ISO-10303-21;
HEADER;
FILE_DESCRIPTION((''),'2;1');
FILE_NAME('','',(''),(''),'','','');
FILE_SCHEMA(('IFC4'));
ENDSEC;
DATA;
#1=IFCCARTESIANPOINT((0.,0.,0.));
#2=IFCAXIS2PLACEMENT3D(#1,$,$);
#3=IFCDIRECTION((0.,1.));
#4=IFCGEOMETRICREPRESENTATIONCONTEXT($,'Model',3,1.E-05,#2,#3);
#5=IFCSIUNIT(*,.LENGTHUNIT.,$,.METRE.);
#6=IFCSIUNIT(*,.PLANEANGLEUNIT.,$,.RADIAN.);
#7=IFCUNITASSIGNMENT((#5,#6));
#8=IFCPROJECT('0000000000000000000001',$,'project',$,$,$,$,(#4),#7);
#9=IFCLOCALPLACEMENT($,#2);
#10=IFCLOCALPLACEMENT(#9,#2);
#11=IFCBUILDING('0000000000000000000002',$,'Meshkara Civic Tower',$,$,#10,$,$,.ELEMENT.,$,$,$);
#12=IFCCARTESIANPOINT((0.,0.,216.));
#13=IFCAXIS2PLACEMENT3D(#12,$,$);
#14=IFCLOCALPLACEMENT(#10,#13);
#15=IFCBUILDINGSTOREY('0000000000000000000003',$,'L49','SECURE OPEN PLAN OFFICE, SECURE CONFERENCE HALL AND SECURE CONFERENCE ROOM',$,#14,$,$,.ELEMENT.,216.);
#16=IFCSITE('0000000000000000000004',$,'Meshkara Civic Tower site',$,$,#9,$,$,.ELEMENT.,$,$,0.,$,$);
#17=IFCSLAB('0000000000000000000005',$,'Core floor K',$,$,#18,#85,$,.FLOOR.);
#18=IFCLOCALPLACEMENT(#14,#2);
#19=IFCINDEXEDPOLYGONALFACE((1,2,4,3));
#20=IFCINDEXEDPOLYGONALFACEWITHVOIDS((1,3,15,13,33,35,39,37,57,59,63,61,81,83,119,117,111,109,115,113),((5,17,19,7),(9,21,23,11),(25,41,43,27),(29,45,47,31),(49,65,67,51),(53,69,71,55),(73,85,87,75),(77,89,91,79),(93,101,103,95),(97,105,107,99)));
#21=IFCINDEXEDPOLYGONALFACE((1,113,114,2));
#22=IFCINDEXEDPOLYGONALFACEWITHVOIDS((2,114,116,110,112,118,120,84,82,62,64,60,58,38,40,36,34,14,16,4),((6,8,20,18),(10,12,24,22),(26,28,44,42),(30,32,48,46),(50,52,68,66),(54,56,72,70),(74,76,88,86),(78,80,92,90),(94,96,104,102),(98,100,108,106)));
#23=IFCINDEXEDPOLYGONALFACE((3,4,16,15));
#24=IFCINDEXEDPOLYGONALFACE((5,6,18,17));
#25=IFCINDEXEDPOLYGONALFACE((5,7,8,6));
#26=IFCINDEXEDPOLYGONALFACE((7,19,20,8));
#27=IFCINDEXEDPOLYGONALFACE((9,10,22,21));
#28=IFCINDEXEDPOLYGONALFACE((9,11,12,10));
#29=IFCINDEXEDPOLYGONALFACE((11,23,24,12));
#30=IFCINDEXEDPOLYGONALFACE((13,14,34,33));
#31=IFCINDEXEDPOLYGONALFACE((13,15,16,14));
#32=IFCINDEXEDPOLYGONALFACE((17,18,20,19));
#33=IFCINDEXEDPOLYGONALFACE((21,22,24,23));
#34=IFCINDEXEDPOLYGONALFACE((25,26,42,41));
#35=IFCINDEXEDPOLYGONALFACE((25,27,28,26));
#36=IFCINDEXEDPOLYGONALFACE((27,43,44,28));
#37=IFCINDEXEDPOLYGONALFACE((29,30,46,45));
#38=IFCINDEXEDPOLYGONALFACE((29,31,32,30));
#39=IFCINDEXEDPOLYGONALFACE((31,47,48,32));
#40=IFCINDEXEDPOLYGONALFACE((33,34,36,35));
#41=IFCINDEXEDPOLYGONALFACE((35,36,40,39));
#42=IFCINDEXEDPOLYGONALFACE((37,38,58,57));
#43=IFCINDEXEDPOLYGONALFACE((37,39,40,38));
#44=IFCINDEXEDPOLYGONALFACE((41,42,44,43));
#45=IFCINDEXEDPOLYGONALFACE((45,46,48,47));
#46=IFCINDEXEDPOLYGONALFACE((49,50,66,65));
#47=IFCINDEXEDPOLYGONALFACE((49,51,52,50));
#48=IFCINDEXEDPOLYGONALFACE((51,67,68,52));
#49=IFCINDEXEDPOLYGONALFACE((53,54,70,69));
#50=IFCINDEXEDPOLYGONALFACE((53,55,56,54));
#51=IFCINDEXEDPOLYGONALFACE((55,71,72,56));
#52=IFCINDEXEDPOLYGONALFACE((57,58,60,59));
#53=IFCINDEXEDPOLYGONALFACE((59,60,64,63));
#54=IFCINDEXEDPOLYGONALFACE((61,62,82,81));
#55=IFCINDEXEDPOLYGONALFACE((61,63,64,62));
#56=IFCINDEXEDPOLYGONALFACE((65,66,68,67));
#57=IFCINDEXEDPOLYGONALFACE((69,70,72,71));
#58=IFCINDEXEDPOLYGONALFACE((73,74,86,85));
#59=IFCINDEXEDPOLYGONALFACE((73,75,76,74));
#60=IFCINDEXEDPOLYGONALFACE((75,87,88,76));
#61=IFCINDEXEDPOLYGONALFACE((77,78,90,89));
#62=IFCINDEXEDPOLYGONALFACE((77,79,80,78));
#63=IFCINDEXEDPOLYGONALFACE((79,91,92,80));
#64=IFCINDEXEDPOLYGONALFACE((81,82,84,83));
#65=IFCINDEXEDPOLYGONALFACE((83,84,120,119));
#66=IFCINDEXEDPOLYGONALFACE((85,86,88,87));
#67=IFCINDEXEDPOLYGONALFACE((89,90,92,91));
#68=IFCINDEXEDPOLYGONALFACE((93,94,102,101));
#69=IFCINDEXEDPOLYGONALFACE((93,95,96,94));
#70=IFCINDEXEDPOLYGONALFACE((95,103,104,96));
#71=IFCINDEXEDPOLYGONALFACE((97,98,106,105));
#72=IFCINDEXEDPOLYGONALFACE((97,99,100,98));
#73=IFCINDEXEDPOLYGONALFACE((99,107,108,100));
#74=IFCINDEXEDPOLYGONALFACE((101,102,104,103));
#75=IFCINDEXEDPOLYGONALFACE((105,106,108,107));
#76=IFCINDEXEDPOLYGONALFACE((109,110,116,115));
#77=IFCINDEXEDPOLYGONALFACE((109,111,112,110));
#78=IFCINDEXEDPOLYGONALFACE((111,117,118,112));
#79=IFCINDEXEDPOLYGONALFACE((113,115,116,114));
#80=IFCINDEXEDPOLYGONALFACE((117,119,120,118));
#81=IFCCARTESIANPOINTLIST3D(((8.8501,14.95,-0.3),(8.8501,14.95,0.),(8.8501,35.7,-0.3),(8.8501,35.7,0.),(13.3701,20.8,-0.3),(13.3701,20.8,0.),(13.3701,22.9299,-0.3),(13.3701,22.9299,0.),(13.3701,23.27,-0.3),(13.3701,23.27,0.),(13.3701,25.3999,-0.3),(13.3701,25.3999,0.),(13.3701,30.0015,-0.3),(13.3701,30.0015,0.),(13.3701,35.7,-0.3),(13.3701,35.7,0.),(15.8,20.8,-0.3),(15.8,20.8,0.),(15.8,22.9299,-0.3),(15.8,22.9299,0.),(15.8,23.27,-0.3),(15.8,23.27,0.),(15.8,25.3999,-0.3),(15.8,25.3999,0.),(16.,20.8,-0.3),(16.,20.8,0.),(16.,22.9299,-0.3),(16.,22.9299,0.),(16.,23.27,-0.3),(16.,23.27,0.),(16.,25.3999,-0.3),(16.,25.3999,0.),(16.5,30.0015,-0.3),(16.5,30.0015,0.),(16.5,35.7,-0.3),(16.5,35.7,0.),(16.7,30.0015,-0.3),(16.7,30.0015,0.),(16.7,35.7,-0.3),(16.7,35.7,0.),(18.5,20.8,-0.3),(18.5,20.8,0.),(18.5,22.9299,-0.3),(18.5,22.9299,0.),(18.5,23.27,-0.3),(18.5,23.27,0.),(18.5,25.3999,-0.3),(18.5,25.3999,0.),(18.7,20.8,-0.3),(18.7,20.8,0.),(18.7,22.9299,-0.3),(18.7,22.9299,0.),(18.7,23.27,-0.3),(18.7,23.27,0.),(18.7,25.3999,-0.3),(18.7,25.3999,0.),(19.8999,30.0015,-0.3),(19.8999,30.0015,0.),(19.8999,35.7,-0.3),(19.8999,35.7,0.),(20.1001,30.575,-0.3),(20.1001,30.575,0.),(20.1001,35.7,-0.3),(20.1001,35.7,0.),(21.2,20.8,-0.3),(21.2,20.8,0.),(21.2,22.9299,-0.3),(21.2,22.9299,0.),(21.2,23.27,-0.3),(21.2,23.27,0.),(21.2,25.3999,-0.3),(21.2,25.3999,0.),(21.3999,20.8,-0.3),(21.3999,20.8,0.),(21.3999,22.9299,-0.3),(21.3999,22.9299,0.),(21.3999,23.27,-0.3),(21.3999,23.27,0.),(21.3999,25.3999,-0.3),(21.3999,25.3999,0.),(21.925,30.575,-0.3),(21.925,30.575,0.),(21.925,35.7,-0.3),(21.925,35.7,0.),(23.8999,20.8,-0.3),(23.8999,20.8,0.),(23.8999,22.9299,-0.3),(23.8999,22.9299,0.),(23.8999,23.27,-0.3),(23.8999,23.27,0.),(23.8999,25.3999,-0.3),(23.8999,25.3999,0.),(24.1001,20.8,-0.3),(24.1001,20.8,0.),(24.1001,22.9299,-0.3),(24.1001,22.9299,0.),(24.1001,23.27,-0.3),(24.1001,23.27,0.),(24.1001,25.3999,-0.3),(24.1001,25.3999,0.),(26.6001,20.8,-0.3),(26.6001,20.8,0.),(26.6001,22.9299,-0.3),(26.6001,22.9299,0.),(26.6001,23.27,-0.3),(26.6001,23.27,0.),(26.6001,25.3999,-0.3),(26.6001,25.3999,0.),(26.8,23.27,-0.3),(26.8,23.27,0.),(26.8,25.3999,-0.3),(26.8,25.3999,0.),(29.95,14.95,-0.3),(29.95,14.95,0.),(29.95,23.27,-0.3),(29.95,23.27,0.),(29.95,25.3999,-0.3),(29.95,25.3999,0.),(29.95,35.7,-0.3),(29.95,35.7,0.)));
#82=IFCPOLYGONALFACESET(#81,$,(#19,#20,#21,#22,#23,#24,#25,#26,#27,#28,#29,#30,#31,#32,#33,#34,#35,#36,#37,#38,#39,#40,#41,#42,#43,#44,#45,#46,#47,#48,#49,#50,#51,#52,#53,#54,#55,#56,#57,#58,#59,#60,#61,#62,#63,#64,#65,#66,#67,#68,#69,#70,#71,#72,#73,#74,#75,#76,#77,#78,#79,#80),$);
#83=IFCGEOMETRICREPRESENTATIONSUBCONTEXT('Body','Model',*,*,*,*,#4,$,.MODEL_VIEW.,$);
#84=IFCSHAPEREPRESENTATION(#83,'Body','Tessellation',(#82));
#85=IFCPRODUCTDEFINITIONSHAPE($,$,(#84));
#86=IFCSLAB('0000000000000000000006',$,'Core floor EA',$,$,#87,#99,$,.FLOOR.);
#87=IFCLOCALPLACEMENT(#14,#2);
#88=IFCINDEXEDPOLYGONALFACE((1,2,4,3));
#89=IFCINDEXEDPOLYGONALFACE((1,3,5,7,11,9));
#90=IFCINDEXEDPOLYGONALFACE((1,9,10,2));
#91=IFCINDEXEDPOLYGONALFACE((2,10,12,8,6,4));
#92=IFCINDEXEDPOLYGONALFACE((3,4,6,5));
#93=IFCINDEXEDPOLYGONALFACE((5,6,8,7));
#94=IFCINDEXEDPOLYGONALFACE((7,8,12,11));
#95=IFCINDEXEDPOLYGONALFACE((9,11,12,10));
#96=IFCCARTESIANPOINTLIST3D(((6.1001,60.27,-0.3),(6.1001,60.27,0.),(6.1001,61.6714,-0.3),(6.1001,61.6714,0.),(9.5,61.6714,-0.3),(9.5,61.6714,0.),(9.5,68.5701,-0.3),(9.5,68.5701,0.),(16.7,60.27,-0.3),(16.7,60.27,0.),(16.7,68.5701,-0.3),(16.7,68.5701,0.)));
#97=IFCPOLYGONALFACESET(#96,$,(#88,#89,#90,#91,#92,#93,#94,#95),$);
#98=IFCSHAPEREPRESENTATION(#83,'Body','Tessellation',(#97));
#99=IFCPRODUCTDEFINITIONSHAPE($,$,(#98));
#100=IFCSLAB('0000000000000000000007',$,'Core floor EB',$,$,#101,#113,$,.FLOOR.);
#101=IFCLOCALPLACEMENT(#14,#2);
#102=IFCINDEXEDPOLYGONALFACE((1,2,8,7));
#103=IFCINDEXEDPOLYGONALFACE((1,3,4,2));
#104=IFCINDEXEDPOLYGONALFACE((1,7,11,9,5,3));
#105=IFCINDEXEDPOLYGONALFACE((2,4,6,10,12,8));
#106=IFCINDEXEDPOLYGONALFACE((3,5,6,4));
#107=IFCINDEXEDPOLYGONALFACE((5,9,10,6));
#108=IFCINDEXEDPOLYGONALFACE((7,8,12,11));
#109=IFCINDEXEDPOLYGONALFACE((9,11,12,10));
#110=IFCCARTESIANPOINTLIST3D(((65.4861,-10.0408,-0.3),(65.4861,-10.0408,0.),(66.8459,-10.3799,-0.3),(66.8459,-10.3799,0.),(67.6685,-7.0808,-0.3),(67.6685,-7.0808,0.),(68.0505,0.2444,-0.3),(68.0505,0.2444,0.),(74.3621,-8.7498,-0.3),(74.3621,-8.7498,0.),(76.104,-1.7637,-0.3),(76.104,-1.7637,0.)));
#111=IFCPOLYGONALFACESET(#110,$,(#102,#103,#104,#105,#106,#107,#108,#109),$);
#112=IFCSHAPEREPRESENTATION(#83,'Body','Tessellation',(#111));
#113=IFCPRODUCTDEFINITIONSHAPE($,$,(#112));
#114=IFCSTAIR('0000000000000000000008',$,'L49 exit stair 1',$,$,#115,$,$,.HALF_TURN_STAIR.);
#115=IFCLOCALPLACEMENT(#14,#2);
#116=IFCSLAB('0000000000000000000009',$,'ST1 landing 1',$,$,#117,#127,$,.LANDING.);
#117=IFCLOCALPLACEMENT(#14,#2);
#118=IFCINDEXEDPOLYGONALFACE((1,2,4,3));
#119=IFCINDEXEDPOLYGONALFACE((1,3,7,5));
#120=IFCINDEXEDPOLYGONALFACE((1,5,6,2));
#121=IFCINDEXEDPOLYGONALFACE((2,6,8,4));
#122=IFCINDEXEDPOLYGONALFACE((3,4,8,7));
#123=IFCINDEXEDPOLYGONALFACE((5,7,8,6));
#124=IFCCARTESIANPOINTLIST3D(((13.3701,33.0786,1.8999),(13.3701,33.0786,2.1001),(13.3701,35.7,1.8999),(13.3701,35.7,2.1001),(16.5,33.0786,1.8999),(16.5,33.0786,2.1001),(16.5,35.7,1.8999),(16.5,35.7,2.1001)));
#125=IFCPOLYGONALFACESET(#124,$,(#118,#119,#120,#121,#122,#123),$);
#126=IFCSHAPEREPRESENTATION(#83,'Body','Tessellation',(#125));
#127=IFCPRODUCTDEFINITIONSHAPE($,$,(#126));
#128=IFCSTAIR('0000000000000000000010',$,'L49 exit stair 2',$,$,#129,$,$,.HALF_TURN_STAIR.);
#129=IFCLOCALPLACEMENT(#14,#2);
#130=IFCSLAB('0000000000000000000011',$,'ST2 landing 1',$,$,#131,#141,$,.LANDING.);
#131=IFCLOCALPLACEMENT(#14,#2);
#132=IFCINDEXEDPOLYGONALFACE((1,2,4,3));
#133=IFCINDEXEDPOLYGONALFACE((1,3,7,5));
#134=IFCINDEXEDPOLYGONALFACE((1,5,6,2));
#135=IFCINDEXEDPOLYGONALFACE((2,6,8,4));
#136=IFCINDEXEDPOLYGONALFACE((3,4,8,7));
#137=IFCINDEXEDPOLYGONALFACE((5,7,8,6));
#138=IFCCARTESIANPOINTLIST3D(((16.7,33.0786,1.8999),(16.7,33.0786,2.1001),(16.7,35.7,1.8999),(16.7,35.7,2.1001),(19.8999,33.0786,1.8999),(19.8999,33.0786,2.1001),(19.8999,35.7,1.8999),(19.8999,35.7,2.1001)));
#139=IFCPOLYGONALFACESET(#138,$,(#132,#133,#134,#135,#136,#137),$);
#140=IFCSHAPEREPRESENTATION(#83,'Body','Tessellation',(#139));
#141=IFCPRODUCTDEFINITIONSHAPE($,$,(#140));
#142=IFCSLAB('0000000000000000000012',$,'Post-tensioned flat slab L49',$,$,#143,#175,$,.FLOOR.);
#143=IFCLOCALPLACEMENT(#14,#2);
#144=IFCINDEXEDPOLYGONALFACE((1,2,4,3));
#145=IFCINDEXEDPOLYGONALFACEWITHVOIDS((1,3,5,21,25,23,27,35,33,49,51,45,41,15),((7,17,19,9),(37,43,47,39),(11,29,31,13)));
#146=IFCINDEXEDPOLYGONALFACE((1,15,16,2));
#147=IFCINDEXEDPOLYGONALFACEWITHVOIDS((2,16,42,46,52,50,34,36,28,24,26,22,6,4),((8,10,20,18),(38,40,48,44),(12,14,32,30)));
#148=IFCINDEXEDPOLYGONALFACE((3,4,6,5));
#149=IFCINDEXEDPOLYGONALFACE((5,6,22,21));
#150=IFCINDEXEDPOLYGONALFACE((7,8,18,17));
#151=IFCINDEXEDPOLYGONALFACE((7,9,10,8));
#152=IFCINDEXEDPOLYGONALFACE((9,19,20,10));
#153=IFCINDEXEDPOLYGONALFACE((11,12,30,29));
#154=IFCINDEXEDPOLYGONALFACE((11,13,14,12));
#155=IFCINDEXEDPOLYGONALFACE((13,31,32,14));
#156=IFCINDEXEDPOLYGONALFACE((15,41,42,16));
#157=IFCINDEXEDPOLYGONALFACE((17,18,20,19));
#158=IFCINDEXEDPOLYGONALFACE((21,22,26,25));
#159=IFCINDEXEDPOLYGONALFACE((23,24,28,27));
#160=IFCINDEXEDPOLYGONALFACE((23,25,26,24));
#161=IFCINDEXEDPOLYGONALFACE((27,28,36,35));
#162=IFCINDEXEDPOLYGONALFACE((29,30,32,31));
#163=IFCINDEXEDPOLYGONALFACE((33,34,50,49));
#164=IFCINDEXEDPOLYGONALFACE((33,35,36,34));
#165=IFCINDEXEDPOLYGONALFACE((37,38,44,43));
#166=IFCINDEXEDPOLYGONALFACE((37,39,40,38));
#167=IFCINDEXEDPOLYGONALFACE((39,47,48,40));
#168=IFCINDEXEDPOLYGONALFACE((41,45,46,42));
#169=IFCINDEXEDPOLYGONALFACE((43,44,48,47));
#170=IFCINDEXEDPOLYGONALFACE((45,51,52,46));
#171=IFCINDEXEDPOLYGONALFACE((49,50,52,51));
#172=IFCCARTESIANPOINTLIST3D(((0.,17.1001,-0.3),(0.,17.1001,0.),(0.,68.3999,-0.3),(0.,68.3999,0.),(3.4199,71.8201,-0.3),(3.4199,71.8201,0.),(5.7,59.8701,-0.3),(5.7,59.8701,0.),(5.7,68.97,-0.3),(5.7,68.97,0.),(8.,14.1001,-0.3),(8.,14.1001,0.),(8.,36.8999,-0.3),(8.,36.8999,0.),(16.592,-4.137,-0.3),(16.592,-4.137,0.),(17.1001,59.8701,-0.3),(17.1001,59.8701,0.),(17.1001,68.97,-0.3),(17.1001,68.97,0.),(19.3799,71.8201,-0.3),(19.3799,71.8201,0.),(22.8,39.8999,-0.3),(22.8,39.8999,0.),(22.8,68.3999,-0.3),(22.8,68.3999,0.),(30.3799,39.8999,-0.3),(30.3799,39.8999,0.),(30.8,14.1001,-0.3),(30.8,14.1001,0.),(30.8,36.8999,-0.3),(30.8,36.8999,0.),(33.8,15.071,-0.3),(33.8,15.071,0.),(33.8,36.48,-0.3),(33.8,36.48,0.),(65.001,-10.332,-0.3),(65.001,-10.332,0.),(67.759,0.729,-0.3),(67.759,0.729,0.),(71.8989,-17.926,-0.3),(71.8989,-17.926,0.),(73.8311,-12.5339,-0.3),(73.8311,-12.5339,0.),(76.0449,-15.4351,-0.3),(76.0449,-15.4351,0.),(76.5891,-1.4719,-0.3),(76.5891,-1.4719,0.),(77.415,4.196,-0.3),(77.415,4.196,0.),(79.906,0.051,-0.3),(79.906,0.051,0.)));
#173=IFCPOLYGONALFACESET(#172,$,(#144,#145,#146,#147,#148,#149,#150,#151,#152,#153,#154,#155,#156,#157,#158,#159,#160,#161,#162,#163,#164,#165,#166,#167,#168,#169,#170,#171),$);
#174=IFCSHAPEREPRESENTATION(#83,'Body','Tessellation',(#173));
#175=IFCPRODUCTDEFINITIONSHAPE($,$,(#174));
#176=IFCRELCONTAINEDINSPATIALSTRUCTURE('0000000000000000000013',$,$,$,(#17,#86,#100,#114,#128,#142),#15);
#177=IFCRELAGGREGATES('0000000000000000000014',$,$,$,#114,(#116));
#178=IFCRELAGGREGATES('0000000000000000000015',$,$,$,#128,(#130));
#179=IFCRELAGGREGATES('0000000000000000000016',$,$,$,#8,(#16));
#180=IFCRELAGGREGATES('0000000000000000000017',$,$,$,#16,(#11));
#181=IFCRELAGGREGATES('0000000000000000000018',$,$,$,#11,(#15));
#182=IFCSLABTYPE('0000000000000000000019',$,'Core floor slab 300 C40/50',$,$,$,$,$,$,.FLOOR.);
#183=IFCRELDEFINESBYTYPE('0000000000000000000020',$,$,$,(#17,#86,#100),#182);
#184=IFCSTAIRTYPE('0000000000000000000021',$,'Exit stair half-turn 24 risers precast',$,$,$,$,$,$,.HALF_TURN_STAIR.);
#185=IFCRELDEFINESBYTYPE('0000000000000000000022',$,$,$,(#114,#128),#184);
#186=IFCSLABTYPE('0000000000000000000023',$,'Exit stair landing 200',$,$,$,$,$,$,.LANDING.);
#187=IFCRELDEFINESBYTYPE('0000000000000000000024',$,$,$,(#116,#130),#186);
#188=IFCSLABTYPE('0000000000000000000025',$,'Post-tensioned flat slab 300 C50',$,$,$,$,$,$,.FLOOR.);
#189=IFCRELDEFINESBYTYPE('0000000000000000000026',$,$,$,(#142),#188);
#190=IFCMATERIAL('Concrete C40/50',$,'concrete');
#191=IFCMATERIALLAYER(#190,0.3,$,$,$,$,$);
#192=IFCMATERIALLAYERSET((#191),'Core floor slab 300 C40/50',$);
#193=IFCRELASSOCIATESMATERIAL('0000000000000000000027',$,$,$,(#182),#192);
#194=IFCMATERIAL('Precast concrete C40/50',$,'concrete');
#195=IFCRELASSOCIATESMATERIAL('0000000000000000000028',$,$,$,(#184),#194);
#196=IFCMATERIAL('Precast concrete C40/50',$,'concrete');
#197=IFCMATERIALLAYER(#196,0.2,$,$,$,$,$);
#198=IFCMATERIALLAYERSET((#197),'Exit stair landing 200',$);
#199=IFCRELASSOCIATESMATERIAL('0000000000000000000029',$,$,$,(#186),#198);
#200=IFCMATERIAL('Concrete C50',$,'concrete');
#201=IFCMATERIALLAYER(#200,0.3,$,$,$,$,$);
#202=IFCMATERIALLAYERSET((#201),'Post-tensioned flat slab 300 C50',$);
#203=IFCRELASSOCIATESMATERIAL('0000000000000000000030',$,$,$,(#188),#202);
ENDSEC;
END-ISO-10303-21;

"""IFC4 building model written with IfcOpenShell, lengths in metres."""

from ifc_helpers import new_model, si_unit, direction, frame, origin, place, context, subcontext, project, spatial, polyline, outline, extrude, material, layer, layer_set, type_object, element, aggregate, save


model = new_model("IFC4")

# Units and contexts
model_context = context("Model", 3, precision=1e-05, world=origin(), true_north=direction((0.0, 1.0)))
body_context = subcontext(model_context, "Body", "Model", "MODEL_VIEW")
ifc_project = project(units=[si_unit("LENGTHUNIT", "METRE"), si_unit("PLANEANGLEUNIT", "RADIAN")], contexts=[model_context])

# Site, building, storey
site_placement = place(None, origin())
site = spatial("IfcSite", under=ifc_project, at=site_placement, Name="Meshkara Civic Tower site", CompositionType="ELEMENT", RefElevation=0.0)
building_placement = place(site_placement, origin())
building = spatial("IfcBuilding", under=site, at=building_placement, Name="Meshkara Civic Tower", CompositionType="ELEMENT")
storey_placement = place(building_placement, frame((0.0, 0.0, 216.0)))
storey = spatial("IfcBuildingStorey", under=building, at=storey_placement, Name="L49", Description="SECURE OPEN PLAN OFFICE, SECURE CONFERENCE HALL AND SECURE CONFERENCE ROOM", CompositionType="ELEMENT", Elevation=216.0)

# Slabs
ifc_material_1 = material(Name="Concrete C40/50", Category="concrete")
ifc_layer_1 = layer(ifc_material_1, 0.3)
ifc_layer_set_1 = layer_set([ifc_layer_1], Name="Core floor slab 300 C40/50")
slab_type_1 = type_object("IfcSlabType", Name="Core floor slab 300 C40/50", PredefinedType="FLOOR", material=ifc_layer_set_1)
slab_1_placement = place(storey_placement, frame((0.0, 0.0, -0.3)))
element("IfcSlab", 1, at=slab_1_placement, inside=storey, type_object=slab_type_1, Name="Core floor K", PredefinedType="FLOOR", context=body_context, shape_type="SweptSolid", body=[
    extrude(outline(polyline([(8.8501, 35.7), (13.3701, 35.7), (13.3701, 30.0015), (16.5, 30.0015), (16.5, 35.7), (16.7, 35.7), (16.7, 30.0015), (19.8999, 30.0015), (19.8999, 35.7), (20.1001, 35.7), (20.1001, 30.575), (21.925, 30.575), (21.925, 35.7), (29.95, 35.7), (29.95, 25.3999), (26.8, 25.3999), (26.8, 23.27), (29.95, 23.27), (29.95, 14.95), (8.8501, 14.95), (8.8501, 35.7)]), holes=[polyline([(15.8, 22.9299), (13.3701, 22.9299), (13.3701, 20.8), (15.8, 20.8), (15.8, 22.9299)]), polyline([(16.0, 22.9299), (16.0, 20.8), (18.5, 20.8), (18.5, 22.9299), (16.0, 22.9299)]), polyline([(18.7, 22.9299), (18.7, 20.8), (21.2, 20.8), (21.2, 22.9299), (18.7, 22.9299)]), polyline([(15.8, 23.27), (15.8, 25.3999), (13.3701, 25.3999), (13.3701, 23.27), (15.8, 23.27)]), polyline([(16.0, 25.3999), (16.0, 23.27), (18.5, 23.27), (18.5, 25.3999), (16.0, 25.3999)]), polyline([(23.8999, 20.8), (23.8999, 22.9299), (21.3999, 22.9299), (21.3999, 20.8), (23.8999, 20.8)]), polyline([(24.1001, 20.8), (26.6001, 20.8), (26.6001, 22.9299), (24.1001, 22.9299), (24.1001, 20.8)]), polyline([(18.7, 25.3999), (18.7, 23.27), (21.2, 23.27), (21.2, 25.3999), (18.7, 25.3999)]), polyline([(21.3999, 23.27), (23.8999, 23.27), (23.8999, 25.3999), (21.3999, 25.3999), (21.3999, 23.27)]), polyline([(24.1001, 23.27), (26.6001, 23.27), (26.6001, 25.3999), (24.1001, 25.3999), (24.1001, 23.27)])]), origin(), (0.0, 0.0, 1.0), 0.3),
])
slab_2_placement = place(storey_placement, frame((0.0, 0.0, -0.3)))
element("IfcSlab", 2, at=slab_2_placement, inside=storey, type_object=slab_type_1, Name="Core floor EA", PredefinedType="FLOOR", context=body_context, shape_type="SweptSolid", body=[
    extrude(outline(polyline([(16.7, 60.27), (16.7, 68.5701), (9.5, 68.5701), (9.5, 61.6714), (6.1001, 61.6714), (6.1001, 60.27), (16.7, 60.27)])), origin(), (0.0, 0.0, 1.0), 0.3),
])
slab_3_placement = place(storey_placement, frame((0.0, 0.0, -0.3)))
element("IfcSlab", 3, at=slab_3_placement, inside=storey, type_object=slab_type_1, Name="Core floor EB", PredefinedType="FLOOR", context=body_context, shape_type="SweptSolid", body=[
    extrude(outline(polyline([(68.0505, 0.2444), (76.104, -1.7637), (74.3621, -8.7498), (67.6685, -7.0808), (66.8459, -10.3799), (65.4861, -10.0408), (68.0505, 0.2444)])), origin(), (0.0, 0.0, 1.0), 0.3),
])

# Stairs, slabs
ifc_material_2 = material(Name="Precast concrete C40/50", Category="concrete")
stair_type = type_object("IfcStairType", Name="Exit stair half-turn 24 risers precast", PredefinedType="HALF_TURN_STAIR", material=ifc_material_2)
stair_1_placement = place(storey_placement, origin())
stair_1 = element("IfcStair", 4, at=stair_1_placement, inside=storey, type_object=stair_type, Name="L49 exit stair 1", PredefinedType="HALF_TURN_STAIR")
ifc_material_3 = material(Name="Precast concrete C40/50", Category="concrete")
ifc_layer_2 = layer(ifc_material_3, 0.2)
ifc_layer_set_2 = layer_set([ifc_layer_2], Name="Exit stair landing 200")
slab_type_2 = type_object("IfcSlabType", Name="Exit stair landing 200", PredefinedType="LANDING", material=ifc_layer_set_2)
slab_4_placement = place(storey_placement, frame((0.0, 0.0, 1.8999)))
slab_4 = element("IfcSlab", 5, at=slab_4_placement, type_object=slab_type_2, Name="ST1 landing 1", PredefinedType="LANDING", context=body_context, shape_type="SweptSolid", body=[
    extrude(outline(polyline([(16.5, 33.0786), (16.5, 35.7), (13.3701, 35.7), (13.3701, 33.0786), (16.5, 33.0786)])), origin(), (0.0, 0.0, 1.0), 0.2002),
])
aggregate(stair_1, [slab_4])
stair_2_placement = place(storey_placement, origin())
stair_2 = element("IfcStair", 6, at=stair_2_placement, inside=storey, type_object=stair_type, Name="L49 exit stair 2", PredefinedType="HALF_TURN_STAIR")
slab_5_placement = place(storey_placement, frame((0.0, 0.0, 1.8999)))
slab_5 = element("IfcSlab", 7, at=slab_5_placement, type_object=slab_type_2, Name="ST2 landing 1", PredefinedType="LANDING", context=body_context, shape_type="SweptSolid", body=[
    extrude(outline(polyline([(19.8999, 33.0786), (19.8999, 35.7), (16.7, 35.7), (16.7, 33.0786), (19.8999, 33.0786)])), origin(), (0.0, 0.0, 1.0), 0.2002),
])
aggregate(stair_2, [slab_5])

# Slab
ifc_material_4 = material(Name="Concrete C50", Category="concrete")
ifc_layer_3 = layer(ifc_material_4, 0.3)
ifc_layer_set_3 = layer_set([ifc_layer_3], Name="Post-tensioned flat slab 300 C50")
slab_type_3 = type_object("IfcSlabType", Name="Post-tensioned flat slab 300 C50", PredefinedType="FLOOR", material=ifc_layer_set_3)
slab_6_placement = place(storey_placement, frame((0.0, 0.0, -0.3)))
element("IfcSlab", 8, at=slab_6_placement, inside=storey, type_object=slab_type_3, Name="Post-tensioned flat slab L49", PredefinedType="FLOOR", context=body_context, shape_type="SweptSolid", body=[
    extrude(outline(polyline([(76.0449, -15.4351), (71.8989, -17.926), (16.592, -4.137), (0.0, 17.1001), (0.0, 68.3999), (3.4199, 71.8201), (19.3799, 71.8201), (22.8, 68.3999), (22.8, 39.8999), (30.3799, 39.8999), (33.8, 36.48), (33.8, 15.071), (77.415, 4.196), (79.906, 0.051), (76.0449, -15.4351)]), holes=[polyline([(73.8311, -12.5339), (76.5891, -1.4719), (67.759, 0.729), (65.001, -10.332), (73.8311, -12.5339)]), polyline([(8.0, 14.1001), (30.8, 14.1001), (30.8, 36.8999), (8.0, 36.8999), (8.0, 14.1001)]), polyline([(5.7, 68.97), (5.7, 59.8701), (17.1001, 59.8701), (17.1001, 68.97), (5.7, 68.97)])]), origin(), (0.0, 0.0, 1.0), 0.3),
])

save(model, "model.ifc")
